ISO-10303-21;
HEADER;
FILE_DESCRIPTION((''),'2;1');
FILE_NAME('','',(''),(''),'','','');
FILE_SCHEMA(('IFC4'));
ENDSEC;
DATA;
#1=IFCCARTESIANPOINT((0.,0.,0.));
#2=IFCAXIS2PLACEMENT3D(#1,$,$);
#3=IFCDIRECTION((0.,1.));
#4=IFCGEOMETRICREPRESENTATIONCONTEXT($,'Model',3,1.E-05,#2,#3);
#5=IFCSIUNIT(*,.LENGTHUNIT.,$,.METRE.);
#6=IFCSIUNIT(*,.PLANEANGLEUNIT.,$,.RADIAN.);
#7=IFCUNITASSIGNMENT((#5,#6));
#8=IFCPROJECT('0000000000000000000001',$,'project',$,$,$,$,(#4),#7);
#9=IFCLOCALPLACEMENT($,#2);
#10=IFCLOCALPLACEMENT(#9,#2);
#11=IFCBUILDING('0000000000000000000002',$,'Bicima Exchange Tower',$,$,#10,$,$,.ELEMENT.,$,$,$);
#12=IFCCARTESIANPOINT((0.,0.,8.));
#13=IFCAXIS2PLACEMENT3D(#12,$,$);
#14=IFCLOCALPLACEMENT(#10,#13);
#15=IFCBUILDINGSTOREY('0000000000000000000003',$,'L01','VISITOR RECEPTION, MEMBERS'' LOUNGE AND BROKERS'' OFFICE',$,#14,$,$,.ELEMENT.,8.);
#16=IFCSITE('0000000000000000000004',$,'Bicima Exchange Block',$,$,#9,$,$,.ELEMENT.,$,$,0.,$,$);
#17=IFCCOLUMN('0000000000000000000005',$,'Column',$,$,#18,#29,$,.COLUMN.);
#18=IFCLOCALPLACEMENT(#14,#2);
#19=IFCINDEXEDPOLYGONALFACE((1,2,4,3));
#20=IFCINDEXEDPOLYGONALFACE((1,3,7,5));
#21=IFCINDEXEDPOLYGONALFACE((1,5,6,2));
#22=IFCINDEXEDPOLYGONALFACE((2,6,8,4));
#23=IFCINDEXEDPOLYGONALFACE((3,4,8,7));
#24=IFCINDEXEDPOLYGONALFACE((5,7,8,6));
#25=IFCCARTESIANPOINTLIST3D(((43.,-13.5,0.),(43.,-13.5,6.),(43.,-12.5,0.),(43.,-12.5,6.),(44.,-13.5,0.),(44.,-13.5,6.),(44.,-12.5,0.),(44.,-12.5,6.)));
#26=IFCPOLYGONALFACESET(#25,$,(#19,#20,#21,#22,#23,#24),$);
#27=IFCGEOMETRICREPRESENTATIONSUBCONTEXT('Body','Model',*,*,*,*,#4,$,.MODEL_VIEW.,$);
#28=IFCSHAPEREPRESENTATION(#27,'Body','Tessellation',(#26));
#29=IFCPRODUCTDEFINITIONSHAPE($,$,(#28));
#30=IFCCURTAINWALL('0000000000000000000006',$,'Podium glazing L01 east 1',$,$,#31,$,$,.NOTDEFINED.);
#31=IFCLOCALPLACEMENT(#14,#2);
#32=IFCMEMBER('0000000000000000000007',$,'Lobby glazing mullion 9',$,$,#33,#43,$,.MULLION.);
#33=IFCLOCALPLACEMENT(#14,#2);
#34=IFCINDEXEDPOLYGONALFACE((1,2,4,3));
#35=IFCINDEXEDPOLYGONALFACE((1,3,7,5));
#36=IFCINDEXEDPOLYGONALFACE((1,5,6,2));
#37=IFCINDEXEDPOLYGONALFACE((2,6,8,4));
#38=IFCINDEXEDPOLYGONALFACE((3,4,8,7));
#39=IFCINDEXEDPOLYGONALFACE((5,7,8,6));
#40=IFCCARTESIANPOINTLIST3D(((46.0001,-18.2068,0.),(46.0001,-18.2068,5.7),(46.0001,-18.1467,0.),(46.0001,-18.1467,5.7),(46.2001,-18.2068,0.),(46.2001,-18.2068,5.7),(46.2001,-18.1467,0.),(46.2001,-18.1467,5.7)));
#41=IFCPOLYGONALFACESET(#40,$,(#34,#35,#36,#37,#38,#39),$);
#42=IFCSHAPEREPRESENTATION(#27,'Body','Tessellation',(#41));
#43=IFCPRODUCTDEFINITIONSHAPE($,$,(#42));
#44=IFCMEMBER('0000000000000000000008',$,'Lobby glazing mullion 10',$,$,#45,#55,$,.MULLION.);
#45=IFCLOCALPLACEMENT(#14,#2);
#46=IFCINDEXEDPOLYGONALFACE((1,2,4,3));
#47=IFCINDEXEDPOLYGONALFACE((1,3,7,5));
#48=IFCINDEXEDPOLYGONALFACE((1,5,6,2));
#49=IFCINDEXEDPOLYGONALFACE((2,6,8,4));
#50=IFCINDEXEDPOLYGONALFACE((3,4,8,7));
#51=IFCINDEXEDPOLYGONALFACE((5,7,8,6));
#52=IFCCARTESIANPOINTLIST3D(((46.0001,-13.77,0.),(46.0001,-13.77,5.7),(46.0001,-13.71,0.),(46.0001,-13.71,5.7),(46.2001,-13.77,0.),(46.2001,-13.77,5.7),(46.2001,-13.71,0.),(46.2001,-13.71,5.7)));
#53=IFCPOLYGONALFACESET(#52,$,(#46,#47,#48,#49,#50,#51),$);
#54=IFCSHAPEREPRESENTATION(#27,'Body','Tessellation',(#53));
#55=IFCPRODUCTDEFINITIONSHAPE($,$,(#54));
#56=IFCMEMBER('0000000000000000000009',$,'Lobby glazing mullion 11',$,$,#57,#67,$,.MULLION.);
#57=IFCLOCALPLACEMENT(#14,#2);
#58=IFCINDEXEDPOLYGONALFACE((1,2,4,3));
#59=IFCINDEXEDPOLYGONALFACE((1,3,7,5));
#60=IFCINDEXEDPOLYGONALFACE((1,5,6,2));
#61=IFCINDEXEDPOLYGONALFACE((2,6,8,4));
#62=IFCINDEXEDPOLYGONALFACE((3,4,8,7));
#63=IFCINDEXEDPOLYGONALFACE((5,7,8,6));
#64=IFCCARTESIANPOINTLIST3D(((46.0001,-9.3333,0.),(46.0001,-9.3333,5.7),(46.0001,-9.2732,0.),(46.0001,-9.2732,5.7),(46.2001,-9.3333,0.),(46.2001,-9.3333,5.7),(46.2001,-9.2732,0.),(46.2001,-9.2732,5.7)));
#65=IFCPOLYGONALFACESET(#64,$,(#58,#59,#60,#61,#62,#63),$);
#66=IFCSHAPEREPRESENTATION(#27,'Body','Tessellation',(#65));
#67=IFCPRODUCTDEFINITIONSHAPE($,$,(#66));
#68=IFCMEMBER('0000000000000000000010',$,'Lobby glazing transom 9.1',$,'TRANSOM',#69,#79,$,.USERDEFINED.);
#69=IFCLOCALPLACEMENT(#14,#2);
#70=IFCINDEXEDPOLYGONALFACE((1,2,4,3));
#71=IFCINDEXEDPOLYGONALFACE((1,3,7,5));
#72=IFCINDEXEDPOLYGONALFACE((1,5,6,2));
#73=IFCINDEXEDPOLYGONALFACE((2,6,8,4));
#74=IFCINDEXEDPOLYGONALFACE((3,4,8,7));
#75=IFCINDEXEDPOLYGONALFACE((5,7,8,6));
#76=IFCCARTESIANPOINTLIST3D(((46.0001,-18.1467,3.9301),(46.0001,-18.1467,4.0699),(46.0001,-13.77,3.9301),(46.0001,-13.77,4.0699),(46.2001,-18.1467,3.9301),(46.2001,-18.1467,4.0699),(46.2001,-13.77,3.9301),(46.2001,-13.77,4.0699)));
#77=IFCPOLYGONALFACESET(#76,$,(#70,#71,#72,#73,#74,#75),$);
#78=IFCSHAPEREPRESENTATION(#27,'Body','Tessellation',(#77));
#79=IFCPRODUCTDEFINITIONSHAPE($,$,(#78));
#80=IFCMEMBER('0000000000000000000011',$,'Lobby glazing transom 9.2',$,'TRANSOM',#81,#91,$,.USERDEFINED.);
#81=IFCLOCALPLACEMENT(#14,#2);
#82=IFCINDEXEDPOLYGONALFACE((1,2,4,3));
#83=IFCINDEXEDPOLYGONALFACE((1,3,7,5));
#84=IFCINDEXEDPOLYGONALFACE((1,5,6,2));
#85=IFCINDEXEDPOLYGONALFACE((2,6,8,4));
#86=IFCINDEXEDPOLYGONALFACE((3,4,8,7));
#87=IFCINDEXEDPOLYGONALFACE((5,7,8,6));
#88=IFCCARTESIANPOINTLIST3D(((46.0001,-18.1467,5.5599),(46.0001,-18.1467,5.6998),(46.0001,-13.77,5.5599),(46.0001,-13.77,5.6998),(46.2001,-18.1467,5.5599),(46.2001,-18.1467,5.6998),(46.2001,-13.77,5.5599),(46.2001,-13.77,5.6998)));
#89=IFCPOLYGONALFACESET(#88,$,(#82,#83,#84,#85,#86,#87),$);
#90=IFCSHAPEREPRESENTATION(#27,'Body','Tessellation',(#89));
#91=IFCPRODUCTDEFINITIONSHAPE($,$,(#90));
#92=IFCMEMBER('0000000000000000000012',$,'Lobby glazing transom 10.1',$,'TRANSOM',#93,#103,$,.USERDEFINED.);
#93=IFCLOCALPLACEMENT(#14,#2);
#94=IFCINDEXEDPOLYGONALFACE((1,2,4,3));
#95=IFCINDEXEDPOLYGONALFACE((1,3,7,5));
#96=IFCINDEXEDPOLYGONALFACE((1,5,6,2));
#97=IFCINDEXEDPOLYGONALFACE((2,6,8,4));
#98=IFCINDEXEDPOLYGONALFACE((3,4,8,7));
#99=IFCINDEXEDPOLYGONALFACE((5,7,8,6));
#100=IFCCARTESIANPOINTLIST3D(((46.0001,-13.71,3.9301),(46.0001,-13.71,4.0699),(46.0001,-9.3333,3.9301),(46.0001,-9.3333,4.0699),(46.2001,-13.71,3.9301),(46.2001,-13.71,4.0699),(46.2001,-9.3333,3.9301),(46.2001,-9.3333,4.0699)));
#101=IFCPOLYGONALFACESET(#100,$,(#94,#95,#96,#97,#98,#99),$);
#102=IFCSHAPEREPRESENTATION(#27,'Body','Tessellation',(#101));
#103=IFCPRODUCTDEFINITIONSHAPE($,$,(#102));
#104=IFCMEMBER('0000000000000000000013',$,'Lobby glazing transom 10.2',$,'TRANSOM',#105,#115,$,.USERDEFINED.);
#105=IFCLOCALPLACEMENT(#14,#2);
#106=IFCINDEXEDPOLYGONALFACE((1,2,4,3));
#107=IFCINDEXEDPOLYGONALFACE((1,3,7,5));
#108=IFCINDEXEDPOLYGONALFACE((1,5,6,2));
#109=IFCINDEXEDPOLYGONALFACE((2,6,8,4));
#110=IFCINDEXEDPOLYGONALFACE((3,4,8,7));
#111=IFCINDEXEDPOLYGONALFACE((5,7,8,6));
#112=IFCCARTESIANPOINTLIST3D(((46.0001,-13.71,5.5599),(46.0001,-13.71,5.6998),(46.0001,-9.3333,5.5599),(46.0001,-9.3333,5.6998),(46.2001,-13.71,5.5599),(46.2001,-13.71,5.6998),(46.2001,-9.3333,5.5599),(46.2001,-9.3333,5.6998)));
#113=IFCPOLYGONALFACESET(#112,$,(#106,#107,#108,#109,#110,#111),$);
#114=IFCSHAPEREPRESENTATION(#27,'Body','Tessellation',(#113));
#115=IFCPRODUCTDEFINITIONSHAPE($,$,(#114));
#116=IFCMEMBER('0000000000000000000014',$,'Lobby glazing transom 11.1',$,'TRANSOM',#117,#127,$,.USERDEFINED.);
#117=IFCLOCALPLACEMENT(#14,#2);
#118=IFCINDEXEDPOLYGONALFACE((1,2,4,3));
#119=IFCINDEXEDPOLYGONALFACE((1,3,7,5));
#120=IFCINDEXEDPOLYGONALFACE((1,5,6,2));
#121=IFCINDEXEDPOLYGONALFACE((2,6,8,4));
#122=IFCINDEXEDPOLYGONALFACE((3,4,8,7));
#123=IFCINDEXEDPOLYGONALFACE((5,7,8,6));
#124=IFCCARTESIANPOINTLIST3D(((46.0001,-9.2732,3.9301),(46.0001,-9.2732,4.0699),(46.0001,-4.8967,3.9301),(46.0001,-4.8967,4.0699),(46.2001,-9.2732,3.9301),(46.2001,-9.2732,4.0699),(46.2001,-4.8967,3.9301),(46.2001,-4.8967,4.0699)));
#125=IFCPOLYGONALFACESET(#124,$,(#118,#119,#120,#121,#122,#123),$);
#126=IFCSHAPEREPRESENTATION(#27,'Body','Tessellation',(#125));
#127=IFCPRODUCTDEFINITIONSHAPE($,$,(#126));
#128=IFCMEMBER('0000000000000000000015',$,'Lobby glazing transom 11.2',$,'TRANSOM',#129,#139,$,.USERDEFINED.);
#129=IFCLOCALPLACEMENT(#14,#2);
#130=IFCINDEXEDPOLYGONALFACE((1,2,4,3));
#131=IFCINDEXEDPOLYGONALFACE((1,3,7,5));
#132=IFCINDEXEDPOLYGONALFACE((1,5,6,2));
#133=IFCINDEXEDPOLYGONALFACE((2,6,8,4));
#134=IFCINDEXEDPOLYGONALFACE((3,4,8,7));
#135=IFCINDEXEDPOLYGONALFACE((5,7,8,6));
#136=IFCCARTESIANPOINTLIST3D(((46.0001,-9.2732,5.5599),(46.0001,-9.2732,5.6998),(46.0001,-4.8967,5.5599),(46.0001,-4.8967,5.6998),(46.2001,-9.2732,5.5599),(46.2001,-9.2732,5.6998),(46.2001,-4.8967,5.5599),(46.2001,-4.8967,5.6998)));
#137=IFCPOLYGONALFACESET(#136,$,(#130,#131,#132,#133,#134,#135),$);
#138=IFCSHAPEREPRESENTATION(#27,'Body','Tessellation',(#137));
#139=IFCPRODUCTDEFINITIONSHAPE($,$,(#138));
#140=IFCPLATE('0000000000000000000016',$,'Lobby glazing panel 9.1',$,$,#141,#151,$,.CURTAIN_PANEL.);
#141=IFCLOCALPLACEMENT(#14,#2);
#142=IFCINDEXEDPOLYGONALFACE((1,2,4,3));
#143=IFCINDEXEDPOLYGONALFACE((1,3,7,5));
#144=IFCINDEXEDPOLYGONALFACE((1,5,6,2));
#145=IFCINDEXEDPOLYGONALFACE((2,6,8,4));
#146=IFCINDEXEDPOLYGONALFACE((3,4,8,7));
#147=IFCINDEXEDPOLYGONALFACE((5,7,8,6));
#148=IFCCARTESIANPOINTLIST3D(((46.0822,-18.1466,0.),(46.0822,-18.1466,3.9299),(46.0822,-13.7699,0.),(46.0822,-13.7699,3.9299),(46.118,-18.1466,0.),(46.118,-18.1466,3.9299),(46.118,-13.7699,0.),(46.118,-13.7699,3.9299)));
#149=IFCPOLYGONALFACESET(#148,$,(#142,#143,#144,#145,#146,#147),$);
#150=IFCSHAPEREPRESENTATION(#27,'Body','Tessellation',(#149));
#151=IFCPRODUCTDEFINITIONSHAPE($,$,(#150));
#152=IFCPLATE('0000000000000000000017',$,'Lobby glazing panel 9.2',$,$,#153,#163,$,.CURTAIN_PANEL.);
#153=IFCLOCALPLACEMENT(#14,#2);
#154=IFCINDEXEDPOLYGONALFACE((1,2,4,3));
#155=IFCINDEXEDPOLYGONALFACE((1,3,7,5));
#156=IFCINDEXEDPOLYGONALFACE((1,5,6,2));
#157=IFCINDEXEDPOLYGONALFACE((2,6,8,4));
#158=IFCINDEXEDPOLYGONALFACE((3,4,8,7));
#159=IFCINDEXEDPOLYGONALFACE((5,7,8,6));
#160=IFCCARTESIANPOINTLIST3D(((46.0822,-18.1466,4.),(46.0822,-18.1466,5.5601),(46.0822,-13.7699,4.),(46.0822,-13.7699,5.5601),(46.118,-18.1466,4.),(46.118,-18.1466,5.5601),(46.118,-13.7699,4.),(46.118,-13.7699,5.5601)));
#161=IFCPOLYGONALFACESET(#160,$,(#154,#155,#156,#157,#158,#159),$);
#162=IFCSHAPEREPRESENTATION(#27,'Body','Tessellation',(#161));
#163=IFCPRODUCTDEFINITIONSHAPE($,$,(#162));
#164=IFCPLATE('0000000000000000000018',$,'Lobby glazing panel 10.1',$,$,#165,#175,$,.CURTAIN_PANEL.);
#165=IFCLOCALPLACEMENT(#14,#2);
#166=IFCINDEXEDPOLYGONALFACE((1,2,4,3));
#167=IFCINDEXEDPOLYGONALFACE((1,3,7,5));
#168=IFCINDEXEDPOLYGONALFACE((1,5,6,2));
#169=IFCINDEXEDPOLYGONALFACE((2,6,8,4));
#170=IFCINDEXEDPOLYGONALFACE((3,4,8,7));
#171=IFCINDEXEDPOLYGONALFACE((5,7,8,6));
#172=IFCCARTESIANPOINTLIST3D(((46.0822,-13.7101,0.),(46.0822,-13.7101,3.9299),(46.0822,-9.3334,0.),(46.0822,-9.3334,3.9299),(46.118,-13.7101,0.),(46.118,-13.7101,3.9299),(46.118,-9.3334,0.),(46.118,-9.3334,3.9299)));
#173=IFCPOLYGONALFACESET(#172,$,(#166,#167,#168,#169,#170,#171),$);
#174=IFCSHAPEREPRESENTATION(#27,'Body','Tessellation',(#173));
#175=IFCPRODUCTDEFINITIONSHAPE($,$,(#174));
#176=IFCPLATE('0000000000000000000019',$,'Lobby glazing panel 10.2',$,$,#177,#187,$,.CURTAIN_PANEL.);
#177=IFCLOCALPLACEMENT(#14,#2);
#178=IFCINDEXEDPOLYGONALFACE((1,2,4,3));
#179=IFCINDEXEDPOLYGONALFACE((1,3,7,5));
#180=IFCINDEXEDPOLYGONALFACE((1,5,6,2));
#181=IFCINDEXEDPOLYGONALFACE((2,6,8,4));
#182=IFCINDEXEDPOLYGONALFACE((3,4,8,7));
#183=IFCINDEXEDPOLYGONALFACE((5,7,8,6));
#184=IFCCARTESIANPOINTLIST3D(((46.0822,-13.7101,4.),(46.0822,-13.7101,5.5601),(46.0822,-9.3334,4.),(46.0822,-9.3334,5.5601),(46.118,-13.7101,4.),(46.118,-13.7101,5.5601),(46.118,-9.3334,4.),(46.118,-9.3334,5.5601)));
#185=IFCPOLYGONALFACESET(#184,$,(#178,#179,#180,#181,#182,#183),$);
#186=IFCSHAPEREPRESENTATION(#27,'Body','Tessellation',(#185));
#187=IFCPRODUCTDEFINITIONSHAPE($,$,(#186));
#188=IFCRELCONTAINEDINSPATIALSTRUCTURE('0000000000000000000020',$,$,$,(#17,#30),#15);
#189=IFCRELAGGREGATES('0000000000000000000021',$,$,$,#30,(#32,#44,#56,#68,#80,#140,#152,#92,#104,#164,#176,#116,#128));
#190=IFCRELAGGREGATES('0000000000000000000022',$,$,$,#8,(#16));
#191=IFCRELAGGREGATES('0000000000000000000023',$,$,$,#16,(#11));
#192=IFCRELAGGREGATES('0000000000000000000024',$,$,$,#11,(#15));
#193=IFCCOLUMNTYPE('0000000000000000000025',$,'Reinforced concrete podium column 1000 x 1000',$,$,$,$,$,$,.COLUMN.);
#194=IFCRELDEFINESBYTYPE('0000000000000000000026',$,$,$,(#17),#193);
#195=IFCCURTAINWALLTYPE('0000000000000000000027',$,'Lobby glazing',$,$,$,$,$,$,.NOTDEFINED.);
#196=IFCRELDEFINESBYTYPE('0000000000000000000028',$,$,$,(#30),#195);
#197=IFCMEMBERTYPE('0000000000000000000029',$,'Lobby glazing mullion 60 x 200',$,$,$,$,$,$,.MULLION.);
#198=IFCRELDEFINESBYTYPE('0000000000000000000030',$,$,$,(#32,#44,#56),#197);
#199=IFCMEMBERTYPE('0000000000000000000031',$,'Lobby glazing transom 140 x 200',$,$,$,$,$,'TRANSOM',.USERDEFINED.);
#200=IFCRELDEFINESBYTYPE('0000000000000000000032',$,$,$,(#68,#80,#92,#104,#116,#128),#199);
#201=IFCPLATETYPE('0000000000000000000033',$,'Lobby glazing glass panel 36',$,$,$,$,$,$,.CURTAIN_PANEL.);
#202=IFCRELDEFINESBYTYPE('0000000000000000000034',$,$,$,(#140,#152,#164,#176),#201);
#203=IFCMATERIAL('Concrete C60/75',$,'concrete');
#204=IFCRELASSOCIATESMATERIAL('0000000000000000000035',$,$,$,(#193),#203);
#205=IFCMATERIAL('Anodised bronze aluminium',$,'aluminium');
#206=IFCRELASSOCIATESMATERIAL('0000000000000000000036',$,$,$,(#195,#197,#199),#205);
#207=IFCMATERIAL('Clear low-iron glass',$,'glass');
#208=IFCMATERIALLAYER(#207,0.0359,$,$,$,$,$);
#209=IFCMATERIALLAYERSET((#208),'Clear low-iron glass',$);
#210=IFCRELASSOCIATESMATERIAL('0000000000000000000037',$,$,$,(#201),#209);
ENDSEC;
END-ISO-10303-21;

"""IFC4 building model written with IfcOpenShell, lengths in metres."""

from ifc_helpers import new_model, si_unit, direction, frame, origin, origin_2d, place, context, subcontext, project, spatial, rectangle, extrude, material, layer, layer_set, material_profile, profile_set, type_object, element, aggregate, save


model = new_model("IFC4")

# Units and contexts
model_context = context("Model", 3, precision=1e-05, world=origin(), true_north=direction((0.0, 1.0)))
body_context = subcontext(model_context, "Body", "Model", "MODEL_VIEW")
ifc_project = project(units=[si_unit("LENGTHUNIT", "METRE"), si_unit("PLANEANGLEUNIT", "RADIAN")], contexts=[model_context])

# Site, building, storey
site_placement = place(None, origin())
site = spatial("IfcSite", under=ifc_project, at=site_placement, Name="Bicima Exchange Block", CompositionType="ELEMENT", RefElevation=0.0)
building_placement = place(site_placement, origin())
building = spatial("IfcBuilding", under=site, at=building_placement, Name="Bicima Exchange Tower", CompositionType="ELEMENT")
storey_placement = place(building_placement, frame((0.0, 0.0, 8.0)))
storey = spatial("IfcBuildingStorey", under=building, at=storey_placement, Name="L01", Description="VISITOR RECEPTION, MEMBERS' LOUNGE AND BROKERS' OFFICE", CompositionType="ELEMENT", Elevation=8.0)

# Column
ifc_material_1 = material(Name="Concrete C60/75", Category="concrete")
ifc_material_profile_1 = material_profile(ifc_material_1, rectangle(XDim=1.0, YDim=1.0, at=origin_2d()))
ifc_profile_set_1 = profile_set([ifc_material_profile_1], Name="Concrete C60/75")
column_type = type_object("IfcColumnType", Name="Reinforced concrete podium column 1000 x 1000", PredefinedType="COLUMN", material=ifc_profile_set_1)
column_placement = place(storey_placement, frame((43.5, -13.0, 0.0), z_axis=(0.0, 0.0, 1.0), x_axis=(1.0, 0.0, 0.0)))
element("IfcColumn", 1, at=column_placement, inside=storey, type_object=column_type, Name="Column", PredefinedType="COLUMN", context=body_context, shape_type="SweptSolid", body=[
    extrude(rectangle(XDim=1.0, YDim=1.0, at=origin_2d()), origin(), (0.0, 0.0, 1.0), 6.0),
])

# Curtain wall, members, plates
ifc_material_2 = material(Name="Anodised bronze aluminium", Category="aluminium")
curtain_wall_type = type_object("IfcCurtainWallType", Name="Lobby glazing", PredefinedType="NOTDEFINED", material=ifc_material_2)
curtain_wall_placement = place(storey_placement, origin())
curtain_wall = element("IfcCurtainWall", 2, at=curtain_wall_placement, inside=storey, type_object=curtain_wall_type, Name="Podium glazing L01 east 1", PredefinedType="NOTDEFINED")
ifc_material_profile_2 = material_profile(ifc_material_2, rectangle(XDim=0.2, YDim=0.0601, at=origin_2d()))
ifc_profile_set_2 = profile_set([ifc_material_profile_2], Name="Anodised bronze aluminium")
member_type_1 = type_object("IfcMemberType", Name="Lobby glazing mullion 60 x 200", PredefinedType="MULLION", material=ifc_profile_set_2)
member_1_placement = place(storey_placement, frame((46.1001, -18.1768, 0.0), z_axis=(0.0, 0.0, 1.0), x_axis=(-1.0, 0.0, 0.0)))
member_1 = element("IfcMember", 3, at=member_1_placement, type_object=member_type_1, Name="Lobby glazing mullion 9", PredefinedType="MULLION", context=body_context, shape_type="SweptSolid", body=[
    extrude(rectangle(XDim=0.2, YDim=0.0601, at=origin_2d()), origin(), (0.0, 0.0, 1.0), 5.7),
])
member_2_placement = place(storey_placement, frame((46.1001, -13.74, 0.0), z_axis=(0.0, 0.0, 1.0), x_axis=(-1.0, 0.0, 0.0)))
member_2 = element("IfcMember", 4, at=member_2_placement, type_object=member_type_1, Name="Lobby glazing mullion 10", PredefinedType="MULLION", context=body_context, shape_type="SweptSolid", body=[
    extrude(rectangle(XDim=0.2, YDim=0.0601, at=origin_2d()), origin(), (0.0, 0.0, 1.0), 5.7),
])
member_3_placement = place(storey_placement, frame((46.1001, -9.3032, 0.0), z_axis=(0.0, 0.0, 1.0), x_axis=(-1.0, 0.0, 0.0)))
member_3 = element("IfcMember", 5, at=member_3_placement, type_object=member_type_1, Name="Lobby glazing mullion 11", PredefinedType="MULLION", context=body_context, shape_type="SweptSolid", body=[
    extrude(rectangle(XDim=0.2, YDim=0.0601, at=origin_2d()), origin(), (0.0, 0.0, 1.0), 5.7),
])
ifc_material_profile_3 = material_profile(ifc_material_2, rectangle(XDim=0.2, YDim=0.1399, at=origin_2d()))
ifc_profile_set_3 = profile_set([ifc_material_profile_3], Name="Anodised bronze aluminium")
member_type_2 = type_object("IfcMemberType", Name="Lobby glazing transom 140 x 200", ElementType="TRANSOM", PredefinedType="USERDEFINED", material=ifc_profile_set_3)
member_4_placement = place(storey_placement, frame((46.1001, -18.1467, 4.0), z_axis=(0.0, 1.0, 0.0), x_axis=(-1.0, 0.0, 0.0)))
member_4 = element("IfcMember", 6, at=member_4_placement, type_object=member_type_2, Name="Lobby glazing transom 9.1", ObjectType="TRANSOM", PredefinedType="USERDEFINED", context=body_context, shape_type="SweptSolid", body=[
    extrude(rectangle(XDim=0.2, YDim=0.1399, at=origin_2d()), origin(), (0.0, 0.0, 1.0), 4.3767),
])
member_5_placement = place(storey_placement, frame((46.1001, -18.1467, 5.6299), z_axis=(0.0, 1.0, 0.0), x_axis=(-1.0, 0.0, 0.0)))
member_5 = element("IfcMember", 7, at=member_5_placement, type_object=member_type_2, Name="Lobby glazing transom 9.2", ObjectType="TRANSOM", PredefinedType="USERDEFINED", context=body_context, shape_type="SweptSolid", body=[
    extrude(rectangle(XDim=0.2, YDim=0.1399, at=origin_2d()), origin(), (0.0, 0.0, 1.0), 4.3767),
])
member_6_placement = place(storey_placement, frame((46.1001, -13.71, 4.0), z_axis=(0.0, 1.0, 0.0), x_axis=(-1.0, 0.0, 0.0)))
member_6 = element("IfcMember", 8, at=member_6_placement, type_object=member_type_2, Name="Lobby glazing transom 10.1", ObjectType="TRANSOM", PredefinedType="USERDEFINED", context=body_context, shape_type="SweptSolid", body=[
    extrude(rectangle(XDim=0.2, YDim=0.1399, at=origin_2d()), origin(), (0.0, 0.0, 1.0), 4.3767),
])
member_7_placement = place(storey_placement, frame((46.1001, -13.71, 5.6299), z_axis=(0.0, 1.0, 0.0), x_axis=(-1.0, 0.0, 0.0)))
member_7 = element("IfcMember", 9, at=member_7_placement, type_object=member_type_2, Name="Lobby glazing transom 10.2", ObjectType="TRANSOM", PredefinedType="USERDEFINED", context=body_context, shape_type="SweptSolid", body=[
    extrude(rectangle(XDim=0.2, YDim=0.1399, at=origin_2d()), origin(), (0.0, 0.0, 1.0), 4.3767),
])
member_8_placement = place(storey_placement, frame((46.1001, -9.2732, 4.0), z_axis=(0.0, 1.0, 0.0), x_axis=(-1.0, 0.0, 0.0)))
member_8 = element("IfcMember", 10, at=member_8_placement, type_object=member_type_2, Name="Lobby glazing transom 11.1", ObjectType="TRANSOM", PredefinedType="USERDEFINED", context=body_context, shape_type="SweptSolid", body=[
    extrude(rectangle(XDim=0.2, YDim=0.1399, at=origin_2d()), origin(), (0.0, 0.0, 1.0), 4.3765),
])
member_9_placement = place(storey_placement, frame((46.1001, -9.2732, 5.6299), z_axis=(0.0, 1.0, 0.0), x_axis=(-1.0, 0.0, 0.0)))
member_9 = element("IfcMember", 11, at=member_9_placement, type_object=member_type_2, Name="Lobby glazing transom 11.2", ObjectType="TRANSOM", PredefinedType="USERDEFINED", context=body_context, shape_type="SweptSolid", body=[
    extrude(rectangle(XDim=0.2, YDim=0.1399, at=origin_2d()), origin(), (0.0, 0.0, 1.0), 4.3765),
])
ifc_material_3 = material(Name="Clear low-iron glass", Category="glass")
ifc_layer_1 = layer(ifc_material_3, 0.0359)
ifc_layer_set_1 = layer_set([ifc_layer_1], Name="Clear low-iron glass")
plate_type = type_object("IfcPlateType", Name="Lobby glazing glass panel 36", PredefinedType="CURTAIN_PANEL", material=ifc_layer_set_1)
plate_1_placement = place(storey_placement, frame((46.1001, -15.9583, 0.0), z_axis=(0.0, 0.0, 1.0), x_axis=(0.0, 1.0, 0.0)))
plate_1 = element("IfcPlate", 12, at=plate_1_placement, type_object=plate_type, Name="Lobby glazing panel 9.1", PredefinedType="CURTAIN_PANEL", context=body_context, shape_type="SweptSolid", body=[
    extrude(rectangle(XDim=4.3767, YDim=0.0359, at=origin_2d()), origin(), (0.0, 0.0, 1.0), 3.9299),
])
plate_2_placement = place(storey_placement, frame((46.1001, -15.9583, 4.0), z_axis=(0.0, 0.0, 1.0), x_axis=(0.0, 1.0, 0.0)))
plate_2 = element("IfcPlate", 13, at=plate_2_placement, type_object=plate_type, Name="Lobby glazing panel 9.2", PredefinedType="CURTAIN_PANEL", context=body_context, shape_type="SweptSolid", body=[
    extrude(rectangle(XDim=4.3767, YDim=0.0359, at=origin_2d()), origin(), (0.0, 0.0, 1.0), 1.5601),
])
plate_3_placement = place(storey_placement, frame((46.1001, -11.5217, 0.0), z_axis=(0.0, 0.0, 1.0), x_axis=(0.0, 1.0, 0.0)))
plate_3 = element("IfcPlate", 14, at=plate_3_placement, type_object=plate_type, Name="Lobby glazing panel 10.1", PredefinedType="CURTAIN_PANEL", context=body_context, shape_type="SweptSolid", body=[
    extrude(rectangle(XDim=4.3767, YDim=0.0359, at=origin_2d()), origin(), (0.0, 0.0, 1.0), 3.9299),
])
plate_4_placement = place(storey_placement, frame((46.1001, -11.5217, 4.0), z_axis=(0.0, 0.0, 1.0), x_axis=(0.0, 1.0, 0.0)))
plate_4 = element("IfcPlate", 15, at=plate_4_placement, type_object=plate_type, Name="Lobby glazing panel 10.2", PredefinedType="CURTAIN_PANEL", context=body_context, shape_type="SweptSolid", body=[
    extrude(rectangle(XDim=4.3767, YDim=0.0359, at=origin_2d()), origin(), (0.0, 0.0, 1.0), 1.5601),
])
aggregate(curtain_wall, [member_1, member_2, member_3, member_4, member_5, plate_1, plate_2, member_6, member_7, plate_3, plate_4, member_8, member_9])

save(model, "model.ifc")
